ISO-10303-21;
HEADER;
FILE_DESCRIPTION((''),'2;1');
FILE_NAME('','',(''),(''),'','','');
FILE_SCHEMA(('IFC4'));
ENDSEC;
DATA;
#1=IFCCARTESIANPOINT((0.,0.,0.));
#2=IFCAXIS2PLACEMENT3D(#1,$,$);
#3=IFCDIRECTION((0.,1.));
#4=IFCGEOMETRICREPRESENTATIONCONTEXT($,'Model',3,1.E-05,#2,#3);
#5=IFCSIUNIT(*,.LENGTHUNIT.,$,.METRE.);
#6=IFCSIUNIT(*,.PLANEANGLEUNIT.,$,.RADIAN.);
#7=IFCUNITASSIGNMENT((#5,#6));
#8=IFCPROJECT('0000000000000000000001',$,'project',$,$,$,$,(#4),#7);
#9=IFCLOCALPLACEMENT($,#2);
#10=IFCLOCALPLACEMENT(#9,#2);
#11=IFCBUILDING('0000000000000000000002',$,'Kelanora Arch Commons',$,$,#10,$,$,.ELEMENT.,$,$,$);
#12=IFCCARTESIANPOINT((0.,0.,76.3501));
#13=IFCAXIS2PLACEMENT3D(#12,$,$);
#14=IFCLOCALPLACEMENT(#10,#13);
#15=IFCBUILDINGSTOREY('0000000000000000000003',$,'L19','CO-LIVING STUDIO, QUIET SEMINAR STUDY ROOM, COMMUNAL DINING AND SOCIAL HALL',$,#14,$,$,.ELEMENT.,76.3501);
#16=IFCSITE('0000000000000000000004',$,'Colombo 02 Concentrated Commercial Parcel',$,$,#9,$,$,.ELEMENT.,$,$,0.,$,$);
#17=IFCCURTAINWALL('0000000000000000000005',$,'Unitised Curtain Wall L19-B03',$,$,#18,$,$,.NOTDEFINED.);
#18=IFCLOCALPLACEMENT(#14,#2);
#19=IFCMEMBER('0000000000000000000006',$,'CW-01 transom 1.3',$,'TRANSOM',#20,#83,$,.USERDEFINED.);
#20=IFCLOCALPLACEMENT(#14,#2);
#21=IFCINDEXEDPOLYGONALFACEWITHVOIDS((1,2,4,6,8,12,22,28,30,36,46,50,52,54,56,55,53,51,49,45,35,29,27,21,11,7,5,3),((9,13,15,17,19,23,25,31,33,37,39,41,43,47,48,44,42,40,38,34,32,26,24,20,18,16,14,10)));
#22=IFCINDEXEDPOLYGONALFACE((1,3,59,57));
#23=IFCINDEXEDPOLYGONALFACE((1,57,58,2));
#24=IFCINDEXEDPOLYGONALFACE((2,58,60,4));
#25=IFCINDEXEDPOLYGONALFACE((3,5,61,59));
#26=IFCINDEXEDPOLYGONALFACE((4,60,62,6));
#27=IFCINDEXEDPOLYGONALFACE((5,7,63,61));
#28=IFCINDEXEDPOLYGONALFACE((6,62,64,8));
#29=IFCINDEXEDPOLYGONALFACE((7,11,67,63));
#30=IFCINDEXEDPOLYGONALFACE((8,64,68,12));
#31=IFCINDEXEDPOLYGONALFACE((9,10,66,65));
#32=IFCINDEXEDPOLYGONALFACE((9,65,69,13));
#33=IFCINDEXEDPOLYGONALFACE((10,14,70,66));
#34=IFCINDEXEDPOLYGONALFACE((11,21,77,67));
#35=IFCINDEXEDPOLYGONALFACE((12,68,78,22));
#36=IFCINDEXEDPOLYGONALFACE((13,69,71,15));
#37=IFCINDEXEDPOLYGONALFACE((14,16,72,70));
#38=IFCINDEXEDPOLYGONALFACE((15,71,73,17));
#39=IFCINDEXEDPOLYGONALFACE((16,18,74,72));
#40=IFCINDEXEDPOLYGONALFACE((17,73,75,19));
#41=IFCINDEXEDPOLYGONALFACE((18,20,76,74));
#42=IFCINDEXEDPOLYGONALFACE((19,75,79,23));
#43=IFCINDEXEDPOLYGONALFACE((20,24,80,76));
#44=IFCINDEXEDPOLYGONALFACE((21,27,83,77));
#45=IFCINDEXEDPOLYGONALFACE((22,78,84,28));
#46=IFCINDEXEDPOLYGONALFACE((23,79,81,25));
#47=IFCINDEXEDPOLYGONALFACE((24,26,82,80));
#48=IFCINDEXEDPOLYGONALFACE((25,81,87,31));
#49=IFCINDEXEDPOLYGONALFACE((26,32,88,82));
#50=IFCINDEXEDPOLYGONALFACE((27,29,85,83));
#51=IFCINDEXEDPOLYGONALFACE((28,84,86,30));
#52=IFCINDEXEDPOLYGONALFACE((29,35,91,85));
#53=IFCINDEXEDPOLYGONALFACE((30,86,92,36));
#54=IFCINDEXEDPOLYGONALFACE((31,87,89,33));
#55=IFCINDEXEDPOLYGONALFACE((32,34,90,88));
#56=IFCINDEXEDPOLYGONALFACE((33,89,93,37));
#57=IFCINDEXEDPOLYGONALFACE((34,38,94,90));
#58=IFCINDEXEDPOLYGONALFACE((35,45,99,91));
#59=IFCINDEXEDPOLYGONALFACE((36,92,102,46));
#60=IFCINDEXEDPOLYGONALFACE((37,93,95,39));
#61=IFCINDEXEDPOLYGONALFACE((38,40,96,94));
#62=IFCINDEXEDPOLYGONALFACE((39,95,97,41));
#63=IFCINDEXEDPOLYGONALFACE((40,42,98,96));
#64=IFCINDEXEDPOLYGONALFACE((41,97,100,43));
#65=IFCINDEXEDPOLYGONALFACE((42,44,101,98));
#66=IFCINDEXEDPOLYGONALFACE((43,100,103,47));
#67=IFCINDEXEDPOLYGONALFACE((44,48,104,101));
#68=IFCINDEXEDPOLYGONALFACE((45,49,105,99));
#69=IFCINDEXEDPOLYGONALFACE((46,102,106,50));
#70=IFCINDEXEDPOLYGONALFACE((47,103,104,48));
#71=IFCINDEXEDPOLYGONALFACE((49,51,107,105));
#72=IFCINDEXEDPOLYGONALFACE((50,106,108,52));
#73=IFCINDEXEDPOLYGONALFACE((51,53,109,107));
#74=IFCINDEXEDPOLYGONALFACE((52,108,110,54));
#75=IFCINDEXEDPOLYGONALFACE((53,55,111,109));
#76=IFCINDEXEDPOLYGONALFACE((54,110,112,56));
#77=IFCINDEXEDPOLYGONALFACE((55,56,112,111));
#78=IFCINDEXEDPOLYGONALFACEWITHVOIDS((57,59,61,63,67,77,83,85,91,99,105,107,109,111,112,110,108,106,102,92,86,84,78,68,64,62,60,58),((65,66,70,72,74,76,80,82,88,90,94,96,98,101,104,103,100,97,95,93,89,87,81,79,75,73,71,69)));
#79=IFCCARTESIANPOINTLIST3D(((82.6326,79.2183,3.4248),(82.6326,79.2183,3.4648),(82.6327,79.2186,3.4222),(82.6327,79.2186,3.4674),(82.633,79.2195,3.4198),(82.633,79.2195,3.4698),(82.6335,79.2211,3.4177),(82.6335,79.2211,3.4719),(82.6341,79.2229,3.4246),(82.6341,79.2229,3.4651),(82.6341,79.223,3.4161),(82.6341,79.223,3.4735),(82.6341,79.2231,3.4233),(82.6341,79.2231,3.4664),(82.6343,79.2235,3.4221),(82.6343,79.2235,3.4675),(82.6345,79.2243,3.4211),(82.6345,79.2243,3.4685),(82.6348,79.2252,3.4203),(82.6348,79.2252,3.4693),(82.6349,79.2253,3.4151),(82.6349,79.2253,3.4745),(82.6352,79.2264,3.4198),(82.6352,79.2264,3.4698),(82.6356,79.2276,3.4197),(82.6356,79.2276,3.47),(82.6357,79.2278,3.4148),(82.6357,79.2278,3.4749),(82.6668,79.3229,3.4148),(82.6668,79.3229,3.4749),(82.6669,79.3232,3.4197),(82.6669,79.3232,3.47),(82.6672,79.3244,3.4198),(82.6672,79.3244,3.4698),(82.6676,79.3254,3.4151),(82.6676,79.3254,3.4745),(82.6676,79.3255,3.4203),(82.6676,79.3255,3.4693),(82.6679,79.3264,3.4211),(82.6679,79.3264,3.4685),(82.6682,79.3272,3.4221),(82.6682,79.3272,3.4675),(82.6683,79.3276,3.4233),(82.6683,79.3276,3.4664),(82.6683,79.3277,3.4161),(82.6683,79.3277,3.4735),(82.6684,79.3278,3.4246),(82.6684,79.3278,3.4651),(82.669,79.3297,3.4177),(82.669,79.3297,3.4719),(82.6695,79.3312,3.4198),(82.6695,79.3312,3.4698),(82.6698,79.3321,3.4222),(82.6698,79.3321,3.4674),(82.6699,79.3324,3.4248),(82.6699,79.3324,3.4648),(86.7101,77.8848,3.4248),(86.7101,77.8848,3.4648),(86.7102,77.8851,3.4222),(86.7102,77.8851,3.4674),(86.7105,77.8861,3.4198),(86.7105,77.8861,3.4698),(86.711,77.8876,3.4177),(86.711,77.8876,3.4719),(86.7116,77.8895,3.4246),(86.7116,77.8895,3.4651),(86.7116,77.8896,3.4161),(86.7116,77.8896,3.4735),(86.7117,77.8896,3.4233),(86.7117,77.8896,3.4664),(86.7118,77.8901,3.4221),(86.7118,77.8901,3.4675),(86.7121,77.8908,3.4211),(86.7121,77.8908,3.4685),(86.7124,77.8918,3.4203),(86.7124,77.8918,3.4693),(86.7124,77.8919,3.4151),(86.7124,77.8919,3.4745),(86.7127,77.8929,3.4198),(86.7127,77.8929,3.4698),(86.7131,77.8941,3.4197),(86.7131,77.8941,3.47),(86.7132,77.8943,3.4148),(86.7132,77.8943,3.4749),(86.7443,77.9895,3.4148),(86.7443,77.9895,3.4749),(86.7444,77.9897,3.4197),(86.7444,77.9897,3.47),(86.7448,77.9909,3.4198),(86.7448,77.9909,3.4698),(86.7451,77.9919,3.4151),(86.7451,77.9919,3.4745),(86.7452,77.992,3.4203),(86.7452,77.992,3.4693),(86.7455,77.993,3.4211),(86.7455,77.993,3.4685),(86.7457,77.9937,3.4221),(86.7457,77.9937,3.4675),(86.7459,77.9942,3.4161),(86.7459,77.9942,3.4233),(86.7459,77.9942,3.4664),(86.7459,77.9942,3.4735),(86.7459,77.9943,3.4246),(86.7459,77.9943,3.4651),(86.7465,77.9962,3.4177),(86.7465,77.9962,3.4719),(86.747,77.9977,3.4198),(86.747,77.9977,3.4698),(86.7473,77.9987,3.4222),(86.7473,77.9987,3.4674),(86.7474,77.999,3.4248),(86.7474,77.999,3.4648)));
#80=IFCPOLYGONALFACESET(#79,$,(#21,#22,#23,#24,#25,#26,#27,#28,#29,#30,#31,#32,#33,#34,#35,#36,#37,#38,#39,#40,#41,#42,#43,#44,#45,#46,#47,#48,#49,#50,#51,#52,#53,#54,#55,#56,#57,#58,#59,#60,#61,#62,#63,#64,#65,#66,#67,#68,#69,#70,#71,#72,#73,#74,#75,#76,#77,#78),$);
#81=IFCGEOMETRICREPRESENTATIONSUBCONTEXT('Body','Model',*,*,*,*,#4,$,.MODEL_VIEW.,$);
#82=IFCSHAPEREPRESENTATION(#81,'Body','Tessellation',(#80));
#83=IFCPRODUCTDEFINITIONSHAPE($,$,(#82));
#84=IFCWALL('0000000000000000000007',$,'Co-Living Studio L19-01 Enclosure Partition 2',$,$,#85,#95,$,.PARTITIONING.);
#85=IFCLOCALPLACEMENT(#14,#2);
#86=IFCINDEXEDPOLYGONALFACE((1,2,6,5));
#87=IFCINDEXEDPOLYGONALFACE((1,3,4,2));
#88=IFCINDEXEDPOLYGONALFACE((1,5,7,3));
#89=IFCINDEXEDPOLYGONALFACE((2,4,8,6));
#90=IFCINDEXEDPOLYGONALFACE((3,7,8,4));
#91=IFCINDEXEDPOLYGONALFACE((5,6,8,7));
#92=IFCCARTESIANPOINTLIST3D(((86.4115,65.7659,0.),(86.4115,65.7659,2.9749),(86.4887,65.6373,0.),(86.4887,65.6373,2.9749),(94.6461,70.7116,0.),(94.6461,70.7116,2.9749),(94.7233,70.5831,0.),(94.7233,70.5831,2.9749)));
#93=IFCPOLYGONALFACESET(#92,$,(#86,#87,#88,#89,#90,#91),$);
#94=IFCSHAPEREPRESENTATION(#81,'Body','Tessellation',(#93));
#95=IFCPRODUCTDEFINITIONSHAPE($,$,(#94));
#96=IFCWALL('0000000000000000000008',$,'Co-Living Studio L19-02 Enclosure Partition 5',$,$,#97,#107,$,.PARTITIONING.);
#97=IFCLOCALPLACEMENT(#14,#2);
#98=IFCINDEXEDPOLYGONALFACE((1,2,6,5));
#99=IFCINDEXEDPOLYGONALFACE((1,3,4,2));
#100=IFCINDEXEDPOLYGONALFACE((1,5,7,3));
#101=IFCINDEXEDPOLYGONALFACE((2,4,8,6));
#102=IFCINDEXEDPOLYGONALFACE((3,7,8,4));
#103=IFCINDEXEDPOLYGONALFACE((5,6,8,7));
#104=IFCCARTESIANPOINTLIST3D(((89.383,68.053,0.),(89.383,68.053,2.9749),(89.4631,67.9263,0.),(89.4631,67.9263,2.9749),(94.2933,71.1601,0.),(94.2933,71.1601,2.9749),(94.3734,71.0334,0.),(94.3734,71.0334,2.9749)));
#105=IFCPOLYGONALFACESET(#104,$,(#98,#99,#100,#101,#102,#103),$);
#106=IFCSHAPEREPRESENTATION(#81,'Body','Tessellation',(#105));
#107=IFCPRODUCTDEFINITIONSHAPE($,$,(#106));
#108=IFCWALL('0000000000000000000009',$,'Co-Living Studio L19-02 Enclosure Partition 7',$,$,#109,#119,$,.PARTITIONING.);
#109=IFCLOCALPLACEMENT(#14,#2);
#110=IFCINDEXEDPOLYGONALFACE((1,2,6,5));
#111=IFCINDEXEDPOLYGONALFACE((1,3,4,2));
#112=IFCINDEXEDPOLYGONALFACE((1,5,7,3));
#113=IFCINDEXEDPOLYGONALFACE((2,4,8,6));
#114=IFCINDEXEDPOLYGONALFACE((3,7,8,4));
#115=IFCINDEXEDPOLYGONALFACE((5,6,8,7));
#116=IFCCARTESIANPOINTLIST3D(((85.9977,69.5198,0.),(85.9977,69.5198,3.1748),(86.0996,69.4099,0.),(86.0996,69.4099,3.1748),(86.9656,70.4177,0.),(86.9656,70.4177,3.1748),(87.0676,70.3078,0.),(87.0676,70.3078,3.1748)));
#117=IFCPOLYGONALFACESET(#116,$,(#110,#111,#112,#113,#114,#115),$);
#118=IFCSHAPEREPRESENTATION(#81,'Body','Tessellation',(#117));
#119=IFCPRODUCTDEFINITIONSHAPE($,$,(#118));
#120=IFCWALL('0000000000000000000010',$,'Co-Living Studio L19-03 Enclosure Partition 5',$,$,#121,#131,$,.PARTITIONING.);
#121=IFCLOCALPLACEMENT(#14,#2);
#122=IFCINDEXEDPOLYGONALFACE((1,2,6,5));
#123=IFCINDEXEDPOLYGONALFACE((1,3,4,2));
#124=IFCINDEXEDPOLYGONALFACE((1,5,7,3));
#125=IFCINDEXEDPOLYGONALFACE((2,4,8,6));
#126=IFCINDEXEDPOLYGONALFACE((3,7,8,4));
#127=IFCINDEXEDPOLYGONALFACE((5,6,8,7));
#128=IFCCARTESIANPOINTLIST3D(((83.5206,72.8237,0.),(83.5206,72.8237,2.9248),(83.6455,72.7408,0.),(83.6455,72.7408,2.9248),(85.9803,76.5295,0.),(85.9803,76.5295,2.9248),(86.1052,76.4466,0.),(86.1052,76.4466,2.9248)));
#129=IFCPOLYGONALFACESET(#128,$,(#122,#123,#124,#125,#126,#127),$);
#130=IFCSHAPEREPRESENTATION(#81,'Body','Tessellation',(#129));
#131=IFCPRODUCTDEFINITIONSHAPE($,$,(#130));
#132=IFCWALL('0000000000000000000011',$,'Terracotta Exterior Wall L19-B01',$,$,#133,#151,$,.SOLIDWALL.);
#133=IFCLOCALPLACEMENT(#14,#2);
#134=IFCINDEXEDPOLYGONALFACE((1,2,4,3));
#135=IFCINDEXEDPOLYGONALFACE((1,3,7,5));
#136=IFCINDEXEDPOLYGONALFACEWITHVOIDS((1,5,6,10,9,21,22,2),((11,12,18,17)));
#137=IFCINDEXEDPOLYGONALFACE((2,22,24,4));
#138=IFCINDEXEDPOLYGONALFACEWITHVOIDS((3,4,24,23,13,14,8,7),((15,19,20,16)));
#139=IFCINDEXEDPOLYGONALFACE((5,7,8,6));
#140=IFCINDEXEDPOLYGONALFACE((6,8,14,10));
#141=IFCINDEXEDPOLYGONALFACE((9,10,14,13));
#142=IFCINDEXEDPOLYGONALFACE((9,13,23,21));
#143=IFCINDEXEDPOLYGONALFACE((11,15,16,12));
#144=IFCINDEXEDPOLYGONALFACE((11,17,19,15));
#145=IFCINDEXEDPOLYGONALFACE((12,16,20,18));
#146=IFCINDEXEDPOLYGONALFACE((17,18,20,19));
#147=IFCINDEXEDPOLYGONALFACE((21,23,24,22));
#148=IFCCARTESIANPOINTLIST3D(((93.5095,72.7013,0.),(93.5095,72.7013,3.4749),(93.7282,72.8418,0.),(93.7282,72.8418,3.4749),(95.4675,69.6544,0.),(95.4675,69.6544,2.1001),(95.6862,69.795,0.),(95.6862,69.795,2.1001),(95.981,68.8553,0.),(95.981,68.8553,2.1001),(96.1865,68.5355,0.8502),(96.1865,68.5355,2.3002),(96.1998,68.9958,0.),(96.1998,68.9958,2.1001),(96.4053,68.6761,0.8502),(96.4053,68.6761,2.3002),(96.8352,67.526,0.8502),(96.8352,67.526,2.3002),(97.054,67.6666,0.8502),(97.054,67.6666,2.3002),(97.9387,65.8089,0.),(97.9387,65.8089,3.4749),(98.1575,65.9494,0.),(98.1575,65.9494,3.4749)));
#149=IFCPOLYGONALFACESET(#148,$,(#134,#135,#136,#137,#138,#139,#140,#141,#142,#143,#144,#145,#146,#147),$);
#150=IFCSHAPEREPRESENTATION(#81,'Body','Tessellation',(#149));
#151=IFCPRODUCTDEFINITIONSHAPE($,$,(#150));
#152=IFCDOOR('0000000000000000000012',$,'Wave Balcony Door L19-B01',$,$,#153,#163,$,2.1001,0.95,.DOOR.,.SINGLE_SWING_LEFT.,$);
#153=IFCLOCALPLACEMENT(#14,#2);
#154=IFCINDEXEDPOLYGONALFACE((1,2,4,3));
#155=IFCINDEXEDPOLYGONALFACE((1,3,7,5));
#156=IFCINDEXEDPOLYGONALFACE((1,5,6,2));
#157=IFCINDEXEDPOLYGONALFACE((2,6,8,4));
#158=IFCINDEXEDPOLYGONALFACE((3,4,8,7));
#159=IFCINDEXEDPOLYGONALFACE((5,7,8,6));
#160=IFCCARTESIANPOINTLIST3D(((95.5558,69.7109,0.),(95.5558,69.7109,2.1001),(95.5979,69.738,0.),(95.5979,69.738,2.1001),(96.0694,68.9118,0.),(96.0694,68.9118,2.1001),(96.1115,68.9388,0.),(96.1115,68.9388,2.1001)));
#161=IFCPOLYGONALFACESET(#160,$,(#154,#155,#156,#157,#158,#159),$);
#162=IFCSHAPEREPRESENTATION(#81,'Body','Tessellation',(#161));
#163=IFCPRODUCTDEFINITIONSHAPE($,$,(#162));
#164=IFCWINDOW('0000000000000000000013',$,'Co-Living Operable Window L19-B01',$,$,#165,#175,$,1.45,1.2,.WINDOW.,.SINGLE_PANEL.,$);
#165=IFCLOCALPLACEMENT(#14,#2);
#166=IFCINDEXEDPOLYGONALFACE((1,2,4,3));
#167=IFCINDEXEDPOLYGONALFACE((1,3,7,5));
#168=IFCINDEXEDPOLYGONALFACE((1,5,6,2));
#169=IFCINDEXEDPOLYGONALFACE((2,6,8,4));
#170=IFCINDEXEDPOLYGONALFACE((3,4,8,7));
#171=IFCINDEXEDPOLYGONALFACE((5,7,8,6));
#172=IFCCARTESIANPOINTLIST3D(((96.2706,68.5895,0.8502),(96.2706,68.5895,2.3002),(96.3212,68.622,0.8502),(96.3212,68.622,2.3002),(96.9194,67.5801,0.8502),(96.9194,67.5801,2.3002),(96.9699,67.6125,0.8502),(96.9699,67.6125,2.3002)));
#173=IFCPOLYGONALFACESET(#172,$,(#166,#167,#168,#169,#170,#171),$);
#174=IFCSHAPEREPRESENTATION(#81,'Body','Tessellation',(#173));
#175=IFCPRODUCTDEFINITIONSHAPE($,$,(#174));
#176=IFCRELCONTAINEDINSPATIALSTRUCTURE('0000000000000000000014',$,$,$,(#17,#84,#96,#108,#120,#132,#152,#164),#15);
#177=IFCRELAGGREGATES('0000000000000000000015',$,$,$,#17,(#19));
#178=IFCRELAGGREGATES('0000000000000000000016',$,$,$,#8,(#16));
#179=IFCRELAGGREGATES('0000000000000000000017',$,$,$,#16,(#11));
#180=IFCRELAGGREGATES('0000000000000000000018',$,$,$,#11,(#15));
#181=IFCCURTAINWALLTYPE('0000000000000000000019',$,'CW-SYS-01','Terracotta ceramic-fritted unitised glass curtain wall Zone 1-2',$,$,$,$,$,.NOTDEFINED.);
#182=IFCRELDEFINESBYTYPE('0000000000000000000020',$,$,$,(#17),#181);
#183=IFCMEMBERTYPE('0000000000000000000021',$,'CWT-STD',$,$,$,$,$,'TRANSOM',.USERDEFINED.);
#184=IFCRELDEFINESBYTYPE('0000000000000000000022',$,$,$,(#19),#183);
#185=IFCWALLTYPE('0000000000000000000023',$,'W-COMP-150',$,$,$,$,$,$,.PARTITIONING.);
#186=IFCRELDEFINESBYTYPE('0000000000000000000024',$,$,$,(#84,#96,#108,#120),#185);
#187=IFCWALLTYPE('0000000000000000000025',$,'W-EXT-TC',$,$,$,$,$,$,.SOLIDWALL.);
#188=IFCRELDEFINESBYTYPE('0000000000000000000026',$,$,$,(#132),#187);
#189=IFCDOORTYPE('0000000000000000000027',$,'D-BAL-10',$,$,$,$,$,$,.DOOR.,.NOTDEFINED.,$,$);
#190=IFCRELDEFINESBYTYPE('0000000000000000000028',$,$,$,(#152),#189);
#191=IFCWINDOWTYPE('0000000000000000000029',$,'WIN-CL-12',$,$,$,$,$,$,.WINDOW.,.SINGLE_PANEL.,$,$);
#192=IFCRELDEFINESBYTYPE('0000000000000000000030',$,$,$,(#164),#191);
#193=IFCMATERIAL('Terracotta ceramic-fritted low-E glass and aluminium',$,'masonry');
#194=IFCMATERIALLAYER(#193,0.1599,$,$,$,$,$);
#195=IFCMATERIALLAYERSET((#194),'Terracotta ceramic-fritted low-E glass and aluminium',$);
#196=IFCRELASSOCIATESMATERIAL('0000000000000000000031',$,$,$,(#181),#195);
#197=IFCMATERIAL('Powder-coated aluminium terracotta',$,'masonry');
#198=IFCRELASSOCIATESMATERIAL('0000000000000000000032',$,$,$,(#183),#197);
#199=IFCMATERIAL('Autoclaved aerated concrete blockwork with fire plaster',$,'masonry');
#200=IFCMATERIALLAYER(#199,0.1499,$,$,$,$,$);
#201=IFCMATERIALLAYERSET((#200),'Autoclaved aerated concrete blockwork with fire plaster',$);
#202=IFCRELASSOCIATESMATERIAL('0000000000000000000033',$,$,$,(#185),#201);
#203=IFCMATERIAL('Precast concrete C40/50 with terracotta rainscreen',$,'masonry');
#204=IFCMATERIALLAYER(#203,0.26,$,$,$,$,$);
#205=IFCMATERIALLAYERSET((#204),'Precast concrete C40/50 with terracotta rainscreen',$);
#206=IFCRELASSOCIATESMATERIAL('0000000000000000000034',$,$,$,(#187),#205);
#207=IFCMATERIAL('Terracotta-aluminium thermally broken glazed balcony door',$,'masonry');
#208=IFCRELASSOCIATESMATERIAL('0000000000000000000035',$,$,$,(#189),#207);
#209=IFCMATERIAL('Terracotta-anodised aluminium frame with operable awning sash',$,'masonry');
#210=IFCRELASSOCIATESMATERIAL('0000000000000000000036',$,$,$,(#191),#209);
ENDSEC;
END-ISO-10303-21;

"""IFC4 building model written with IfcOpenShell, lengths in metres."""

from ifc_helpers import new_model, si_unit, direction, frame, frame_2d, origin, origin_2d, place, context, subcontext, project, spatial, rectangle, hollow_rectangle, extrude, material, layer, layer_set, material_profile, profile_set, type_object, element, fill, aggregate, save


model = new_model("IFC4")

# Units and contexts
model_context = context("Model", 3, precision=1e-05, world=origin(), true_north=direction((0.0, 1.0)))
body_context = subcontext(model_context, "Body", "Model", "MODEL_VIEW")
ifc_project = project(units=[si_unit("LENGTHUNIT", "METRE"), si_unit("PLANEANGLEUNIT", "RADIAN")], contexts=[model_context])

# Site, building, storey
site_placement = place(None, origin())
site = spatial("IfcSite", under=ifc_project, at=site_placement, Name="Colombo 02 Concentrated Commercial Parcel", CompositionType="ELEMENT", RefElevation=0.0)
building_placement = place(site_placement, origin())
building = spatial("IfcBuilding", under=site, at=building_placement, Name="Kelanora Arch Commons", CompositionType="ELEMENT")
storey_placement = place(building_placement, frame((0.0, 0.0, 76.3501)))
storey = spatial("IfcBuildingStorey", under=building, at=storey_placement, Name="L19", Description="CO-LIVING STUDIO, QUIET SEMINAR STUDY ROOM, COMMUNAL DINING AND SOCIAL HALL", CompositionType="ELEMENT", Elevation=76.3501)

# Shared definitions
ifc_material_1 = material(Name="Terracotta ceramic-fritted low-E glass and aluminium", Category="masonry")
ifc_layer_1 = layer(ifc_material_1, 0.1599)
ifc_layer_set_1 = layer_set([ifc_layer_1], Name="Terracotta ceramic-fritted low-E glass and aluminium")
curtain_wall_type = type_object("IfcCurtainWallType", Name="CW-SYS-01", Description="Terracotta ceramic-fritted unitised glass curtain wall Zone 1-2", PredefinedType="NOTDEFINED", material=ifc_layer_set_1)
ifc_material_2 = material(Name="Powder-coated aluminium terracotta", Category="masonry")

# Curtain wall, member
curtain_wall_1_placement = place(storey_placement, origin())
curtain_wall_1 = element("IfcCurtainWall", 1, at=curtain_wall_1_placement, inside=storey, type_object=curtain_wall_type, Name="Unitised Curtain Wall L19-B03", PredefinedType="NOTDEFINED")
ifc_material_profile_1 = material_profile(ifc_material_2, hollow_rectangle(XDim=0.1201, YDim=0.0601, WallThickness=0.0049, InnerFilletRadius=0.0049, OuterFilletRadius=0.01, at=origin_2d()), Name="CWT120x60")
ifc_profile_set_1 = profile_set([ifc_material_profile_1], Name="Powder-coated aluminium terracotta")
member_type_1 = type_object("IfcMemberType", Name="CWT-STD", ElementType="TRANSOM", PredefinedType="USERDEFINED", material=ifc_profile_set_1)
member_1_placement = place(storey_placement, frame((86.7288, 77.9419, 3.4448), z_axis=(-0.950466, 0.310828, 0.0), x_axis=(-0.310828, -0.950466, 0.0)))
member_1 = element("IfcMember", 2, at=member_1_placement, type_object=member_type_1, Name="CW-01 transom 1.3", ObjectType="TRANSOM", PredefinedType="USERDEFINED", context=body_context, shape_type="SweptSolid", body=[
    extrude(hollow_rectangle(XDim=0.1201, YDim=0.0601, WallThickness=0.0049, InnerFilletRadius=0.0049, OuterFilletRadius=0.01, at=origin_2d()), origin(), (0.0, 0.0, 1.0), 4.29),
])
aggregate(curtain_wall_1, [member_1])

# Walls
ifc_material_3 = material(Name="Autoclaved aerated concrete blockwork with fire plaster", Category="masonry")
ifc_layer_2 = layer(ifc_material_3, 0.1499)
ifc_layer_set_2 = layer_set([ifc_layer_2], Name="Autoclaved aerated concrete blockwork with fire plaster")
wall_type_1 = type_object("IfcWallType", Name="W-COMP-150", PredefinedType="PARTITIONING", material=ifc_layer_set_2)
wall_1_placement = place(storey_placement, frame((86.4502, 65.7017, 0.0), z_axis=(0.0, 0.0, 1.0), x_axis=(0.857262, 0.514881, 0.0)))
element("IfcWall", 3, at=wall_1_placement, inside=storey, type_object=wall_type_1, Name="Co-Living Studio L19-01 Enclosure Partition 2", PredefinedType="PARTITIONING", context=body_context, shape_type="SweptSolid", body=[
    extrude(rectangle(XDim=9.6057, YDim=0.1499, at=frame_2d((4.8027, 0.0))), origin(), (0.0, 0.0, 1.0), 2.9749),
])
wall_2_placement = place(storey_placement, frame((94.3333, 71.0967, 0.0), z_axis=(0.0, 0.0, 1.0), x_axis=(-0.845032, -0.534715, 0.0)))
element("IfcWall", 4, at=wall_2_placement, inside=storey, type_object=wall_type_1, Name="Co-Living Studio L19-02 Enclosure Partition 5", PredefinedType="PARTITIONING", context=body_context, shape_type="SweptSolid", body=[
    extrude(rectangle(XDim=5.8108, YDim=0.1499, at=frame_2d((2.9053, 0.0))), origin(), (0.0, 0.0, 1.0), 2.9749),
])
wall_3_placement = place(storey_placement, frame((87.0166, 70.3628, 0.0), z_axis=(0.0, 0.0, 1.0), x_axis=(-0.733142, -0.680075, 0.0)))
element("IfcWall", 5, at=wall_3_placement, inside=storey, type_object=wall_type_1, Name="Co-Living Studio L19-02 Enclosure Partition 7", PredefinedType="PARTITIONING", context=body_context, shape_type="SweptSolid", body=[
    extrude(rectangle(XDim=1.3203, YDim=0.1499, at=frame_2d((0.6602, 0.0))), origin(), (0.0, 0.0, 1.0), 3.1748),
])
wall_4_placement = place(storey_placement, frame((86.0427, 76.488, 0.0), z_axis=(0.0, 0.0, 1.0), x_axis=(-0.553014, -0.833172, 0.0)))
element("IfcWall", 6, at=wall_4_placement, inside=storey, type_object=wall_type_1, Name="Co-Living Studio L19-03 Enclosure Partition 5", PredefinedType="PARTITIONING", context=body_context, shape_type="SweptSolid", body=[
    extrude(rectangle(XDim=4.4478, YDim=0.1499, at=frame_2d((2.2239, 0.0))), origin(), (0.0, 0.0, 1.0), 2.9248),
])

# Wall, openings, door, window
ifc_material_4 = material(Name="Precast concrete C40/50 with terracotta rainscreen", Category="masonry")
ifc_layer_3 = layer(ifc_material_4, 0.26)
ifc_layer_set_3 = layer_set([ifc_layer_3], Name="Precast concrete C40/50 with terracotta rainscreen")
wall_type_2 = type_object("IfcWallType", Name="W-EXT-TC", PredefinedType="SOLIDWALL", material=ifc_layer_set_3)
wall_5_placement = place(storey_placement, frame((98.0481, 65.8792, 0.0), z_axis=(0.0, 0.0, 1.0), x_axis=(-0.540621, 0.841267, 0.0)))
wall_5 = element("IfcWall", 7, at=wall_5_placement, inside=storey, type_object=wall_type_2, Name="Terracotta Exterior Wall L19-B01", PredefinedType="SOLIDWALL", context=body_context, shape_type="SweptSolid", body=[
    extrude(rectangle(XDim=8.1929, YDim=0.26, at=frame_2d((4.0964, 0.0))), origin(), (0.0, 0.0, 1.0), 3.4749),
])
opening_1_placement = place(wall_5_placement, frame((3.6211, 0.0, 0.0)))
opening_1 = element("IfcOpeningElement", 8, at=opening_1_placement, cuts=wall_5, PredefinedType="OPENING", context=body_context, shape_type="SweptSolid", body=[
    extrude(rectangle(XDim=0.95, YDim=2.1001, at=frame_2d((0.4751, 1.05))), frame((0.0, 0.1401, 0.0), z_axis=(0.0, -1.0, 0.0), x_axis=(1.0, 0.0, 0.0)), (0.0, 0.0, 1.0), 0.28),
])
opening_2_placement = place(wall_5_placement, frame((2.041, 0.0, 0.8501)))
opening_2 = element("IfcOpeningElement", 9, at=opening_2_placement, cuts=wall_5, PredefinedType="OPENING", context=body_context, shape_type="SweptSolid", body=[
    extrude(rectangle(XDim=1.2, YDim=1.45, at=frame_2d((0.6001, 0.7251))), frame((0.0, 0.1401, 0.0), z_axis=(0.0, -1.0, 0.0), x_axis=(1.0, 0.0, 0.0)), (0.0, 0.0, 1.0), 0.28),
])
ifc_material_5 = material(Name="Terracotta-aluminium thermally broken glazed balcony door", Category="masonry")
door_type = type_object("IfcDoorType", Name="D-BAL-10", OperationType="NOTDEFINED", PredefinedType="DOOR", material=ifc_material_5)
door_1_placement = place(opening_1_placement, frame((0.95, 0.0, 0.0), z_axis=(0.0, 0.0, 1.0), x_axis=(-1.0, 0.0, 0.0)))
door_1 = element("IfcDoor", 10, at=door_1_placement, inside=storey, type_object=door_type, Name="Wave Balcony Door L19-B01", OperationType="SINGLE_SWING_LEFT", OverallHeight=2.1001, OverallWidth=0.95, PredefinedType="DOOR", context=body_context, shape_type="SweptSolid", body=[
    extrude(rectangle(XDim=0.95, YDim=2.1001, at=frame_2d((0.4751, 1.05))), frame((0.0, 0.0249, 0.0), z_axis=(0.0, -1.0, 0.0), x_axis=(1.0, 0.0, 0.0)), (0.0, 0.0, 1.0), 0.05),
])
fill(opening_1, door_1)
ifc_material_6 = material(Name="Terracotta-anodised aluminium frame with operable awning sash", Category="masonry")
window_type = type_object("IfcWindowType", Name="WIN-CL-12", PartitioningType="SINGLE_PANEL", PredefinedType="WINDOW", material=ifc_material_6)
window_1_placement = place(opening_2_placement, origin())
window_1 = element("IfcWindow", 11, at=window_1_placement, inside=storey, type_object=window_type, Name="Co-Living Operable Window L19-B01", OverallHeight=1.45, OverallWidth=1.2, PartitioningType="SINGLE_PANEL", PredefinedType="WINDOW", context=body_context, shape_type="SweptSolid", body=[
    extrude(rectangle(XDim=1.2, YDim=1.45, at=frame_2d((0.6001, 0.7251))), frame((0.0, 0.03, 0.0), z_axis=(0.0, -1.0, 0.0), x_axis=(1.0, 0.0, 0.0)), (0.0, 0.0, 1.0), 0.0601),
])
fill(opening_2, window_1)

save(model, "model.ifc")
